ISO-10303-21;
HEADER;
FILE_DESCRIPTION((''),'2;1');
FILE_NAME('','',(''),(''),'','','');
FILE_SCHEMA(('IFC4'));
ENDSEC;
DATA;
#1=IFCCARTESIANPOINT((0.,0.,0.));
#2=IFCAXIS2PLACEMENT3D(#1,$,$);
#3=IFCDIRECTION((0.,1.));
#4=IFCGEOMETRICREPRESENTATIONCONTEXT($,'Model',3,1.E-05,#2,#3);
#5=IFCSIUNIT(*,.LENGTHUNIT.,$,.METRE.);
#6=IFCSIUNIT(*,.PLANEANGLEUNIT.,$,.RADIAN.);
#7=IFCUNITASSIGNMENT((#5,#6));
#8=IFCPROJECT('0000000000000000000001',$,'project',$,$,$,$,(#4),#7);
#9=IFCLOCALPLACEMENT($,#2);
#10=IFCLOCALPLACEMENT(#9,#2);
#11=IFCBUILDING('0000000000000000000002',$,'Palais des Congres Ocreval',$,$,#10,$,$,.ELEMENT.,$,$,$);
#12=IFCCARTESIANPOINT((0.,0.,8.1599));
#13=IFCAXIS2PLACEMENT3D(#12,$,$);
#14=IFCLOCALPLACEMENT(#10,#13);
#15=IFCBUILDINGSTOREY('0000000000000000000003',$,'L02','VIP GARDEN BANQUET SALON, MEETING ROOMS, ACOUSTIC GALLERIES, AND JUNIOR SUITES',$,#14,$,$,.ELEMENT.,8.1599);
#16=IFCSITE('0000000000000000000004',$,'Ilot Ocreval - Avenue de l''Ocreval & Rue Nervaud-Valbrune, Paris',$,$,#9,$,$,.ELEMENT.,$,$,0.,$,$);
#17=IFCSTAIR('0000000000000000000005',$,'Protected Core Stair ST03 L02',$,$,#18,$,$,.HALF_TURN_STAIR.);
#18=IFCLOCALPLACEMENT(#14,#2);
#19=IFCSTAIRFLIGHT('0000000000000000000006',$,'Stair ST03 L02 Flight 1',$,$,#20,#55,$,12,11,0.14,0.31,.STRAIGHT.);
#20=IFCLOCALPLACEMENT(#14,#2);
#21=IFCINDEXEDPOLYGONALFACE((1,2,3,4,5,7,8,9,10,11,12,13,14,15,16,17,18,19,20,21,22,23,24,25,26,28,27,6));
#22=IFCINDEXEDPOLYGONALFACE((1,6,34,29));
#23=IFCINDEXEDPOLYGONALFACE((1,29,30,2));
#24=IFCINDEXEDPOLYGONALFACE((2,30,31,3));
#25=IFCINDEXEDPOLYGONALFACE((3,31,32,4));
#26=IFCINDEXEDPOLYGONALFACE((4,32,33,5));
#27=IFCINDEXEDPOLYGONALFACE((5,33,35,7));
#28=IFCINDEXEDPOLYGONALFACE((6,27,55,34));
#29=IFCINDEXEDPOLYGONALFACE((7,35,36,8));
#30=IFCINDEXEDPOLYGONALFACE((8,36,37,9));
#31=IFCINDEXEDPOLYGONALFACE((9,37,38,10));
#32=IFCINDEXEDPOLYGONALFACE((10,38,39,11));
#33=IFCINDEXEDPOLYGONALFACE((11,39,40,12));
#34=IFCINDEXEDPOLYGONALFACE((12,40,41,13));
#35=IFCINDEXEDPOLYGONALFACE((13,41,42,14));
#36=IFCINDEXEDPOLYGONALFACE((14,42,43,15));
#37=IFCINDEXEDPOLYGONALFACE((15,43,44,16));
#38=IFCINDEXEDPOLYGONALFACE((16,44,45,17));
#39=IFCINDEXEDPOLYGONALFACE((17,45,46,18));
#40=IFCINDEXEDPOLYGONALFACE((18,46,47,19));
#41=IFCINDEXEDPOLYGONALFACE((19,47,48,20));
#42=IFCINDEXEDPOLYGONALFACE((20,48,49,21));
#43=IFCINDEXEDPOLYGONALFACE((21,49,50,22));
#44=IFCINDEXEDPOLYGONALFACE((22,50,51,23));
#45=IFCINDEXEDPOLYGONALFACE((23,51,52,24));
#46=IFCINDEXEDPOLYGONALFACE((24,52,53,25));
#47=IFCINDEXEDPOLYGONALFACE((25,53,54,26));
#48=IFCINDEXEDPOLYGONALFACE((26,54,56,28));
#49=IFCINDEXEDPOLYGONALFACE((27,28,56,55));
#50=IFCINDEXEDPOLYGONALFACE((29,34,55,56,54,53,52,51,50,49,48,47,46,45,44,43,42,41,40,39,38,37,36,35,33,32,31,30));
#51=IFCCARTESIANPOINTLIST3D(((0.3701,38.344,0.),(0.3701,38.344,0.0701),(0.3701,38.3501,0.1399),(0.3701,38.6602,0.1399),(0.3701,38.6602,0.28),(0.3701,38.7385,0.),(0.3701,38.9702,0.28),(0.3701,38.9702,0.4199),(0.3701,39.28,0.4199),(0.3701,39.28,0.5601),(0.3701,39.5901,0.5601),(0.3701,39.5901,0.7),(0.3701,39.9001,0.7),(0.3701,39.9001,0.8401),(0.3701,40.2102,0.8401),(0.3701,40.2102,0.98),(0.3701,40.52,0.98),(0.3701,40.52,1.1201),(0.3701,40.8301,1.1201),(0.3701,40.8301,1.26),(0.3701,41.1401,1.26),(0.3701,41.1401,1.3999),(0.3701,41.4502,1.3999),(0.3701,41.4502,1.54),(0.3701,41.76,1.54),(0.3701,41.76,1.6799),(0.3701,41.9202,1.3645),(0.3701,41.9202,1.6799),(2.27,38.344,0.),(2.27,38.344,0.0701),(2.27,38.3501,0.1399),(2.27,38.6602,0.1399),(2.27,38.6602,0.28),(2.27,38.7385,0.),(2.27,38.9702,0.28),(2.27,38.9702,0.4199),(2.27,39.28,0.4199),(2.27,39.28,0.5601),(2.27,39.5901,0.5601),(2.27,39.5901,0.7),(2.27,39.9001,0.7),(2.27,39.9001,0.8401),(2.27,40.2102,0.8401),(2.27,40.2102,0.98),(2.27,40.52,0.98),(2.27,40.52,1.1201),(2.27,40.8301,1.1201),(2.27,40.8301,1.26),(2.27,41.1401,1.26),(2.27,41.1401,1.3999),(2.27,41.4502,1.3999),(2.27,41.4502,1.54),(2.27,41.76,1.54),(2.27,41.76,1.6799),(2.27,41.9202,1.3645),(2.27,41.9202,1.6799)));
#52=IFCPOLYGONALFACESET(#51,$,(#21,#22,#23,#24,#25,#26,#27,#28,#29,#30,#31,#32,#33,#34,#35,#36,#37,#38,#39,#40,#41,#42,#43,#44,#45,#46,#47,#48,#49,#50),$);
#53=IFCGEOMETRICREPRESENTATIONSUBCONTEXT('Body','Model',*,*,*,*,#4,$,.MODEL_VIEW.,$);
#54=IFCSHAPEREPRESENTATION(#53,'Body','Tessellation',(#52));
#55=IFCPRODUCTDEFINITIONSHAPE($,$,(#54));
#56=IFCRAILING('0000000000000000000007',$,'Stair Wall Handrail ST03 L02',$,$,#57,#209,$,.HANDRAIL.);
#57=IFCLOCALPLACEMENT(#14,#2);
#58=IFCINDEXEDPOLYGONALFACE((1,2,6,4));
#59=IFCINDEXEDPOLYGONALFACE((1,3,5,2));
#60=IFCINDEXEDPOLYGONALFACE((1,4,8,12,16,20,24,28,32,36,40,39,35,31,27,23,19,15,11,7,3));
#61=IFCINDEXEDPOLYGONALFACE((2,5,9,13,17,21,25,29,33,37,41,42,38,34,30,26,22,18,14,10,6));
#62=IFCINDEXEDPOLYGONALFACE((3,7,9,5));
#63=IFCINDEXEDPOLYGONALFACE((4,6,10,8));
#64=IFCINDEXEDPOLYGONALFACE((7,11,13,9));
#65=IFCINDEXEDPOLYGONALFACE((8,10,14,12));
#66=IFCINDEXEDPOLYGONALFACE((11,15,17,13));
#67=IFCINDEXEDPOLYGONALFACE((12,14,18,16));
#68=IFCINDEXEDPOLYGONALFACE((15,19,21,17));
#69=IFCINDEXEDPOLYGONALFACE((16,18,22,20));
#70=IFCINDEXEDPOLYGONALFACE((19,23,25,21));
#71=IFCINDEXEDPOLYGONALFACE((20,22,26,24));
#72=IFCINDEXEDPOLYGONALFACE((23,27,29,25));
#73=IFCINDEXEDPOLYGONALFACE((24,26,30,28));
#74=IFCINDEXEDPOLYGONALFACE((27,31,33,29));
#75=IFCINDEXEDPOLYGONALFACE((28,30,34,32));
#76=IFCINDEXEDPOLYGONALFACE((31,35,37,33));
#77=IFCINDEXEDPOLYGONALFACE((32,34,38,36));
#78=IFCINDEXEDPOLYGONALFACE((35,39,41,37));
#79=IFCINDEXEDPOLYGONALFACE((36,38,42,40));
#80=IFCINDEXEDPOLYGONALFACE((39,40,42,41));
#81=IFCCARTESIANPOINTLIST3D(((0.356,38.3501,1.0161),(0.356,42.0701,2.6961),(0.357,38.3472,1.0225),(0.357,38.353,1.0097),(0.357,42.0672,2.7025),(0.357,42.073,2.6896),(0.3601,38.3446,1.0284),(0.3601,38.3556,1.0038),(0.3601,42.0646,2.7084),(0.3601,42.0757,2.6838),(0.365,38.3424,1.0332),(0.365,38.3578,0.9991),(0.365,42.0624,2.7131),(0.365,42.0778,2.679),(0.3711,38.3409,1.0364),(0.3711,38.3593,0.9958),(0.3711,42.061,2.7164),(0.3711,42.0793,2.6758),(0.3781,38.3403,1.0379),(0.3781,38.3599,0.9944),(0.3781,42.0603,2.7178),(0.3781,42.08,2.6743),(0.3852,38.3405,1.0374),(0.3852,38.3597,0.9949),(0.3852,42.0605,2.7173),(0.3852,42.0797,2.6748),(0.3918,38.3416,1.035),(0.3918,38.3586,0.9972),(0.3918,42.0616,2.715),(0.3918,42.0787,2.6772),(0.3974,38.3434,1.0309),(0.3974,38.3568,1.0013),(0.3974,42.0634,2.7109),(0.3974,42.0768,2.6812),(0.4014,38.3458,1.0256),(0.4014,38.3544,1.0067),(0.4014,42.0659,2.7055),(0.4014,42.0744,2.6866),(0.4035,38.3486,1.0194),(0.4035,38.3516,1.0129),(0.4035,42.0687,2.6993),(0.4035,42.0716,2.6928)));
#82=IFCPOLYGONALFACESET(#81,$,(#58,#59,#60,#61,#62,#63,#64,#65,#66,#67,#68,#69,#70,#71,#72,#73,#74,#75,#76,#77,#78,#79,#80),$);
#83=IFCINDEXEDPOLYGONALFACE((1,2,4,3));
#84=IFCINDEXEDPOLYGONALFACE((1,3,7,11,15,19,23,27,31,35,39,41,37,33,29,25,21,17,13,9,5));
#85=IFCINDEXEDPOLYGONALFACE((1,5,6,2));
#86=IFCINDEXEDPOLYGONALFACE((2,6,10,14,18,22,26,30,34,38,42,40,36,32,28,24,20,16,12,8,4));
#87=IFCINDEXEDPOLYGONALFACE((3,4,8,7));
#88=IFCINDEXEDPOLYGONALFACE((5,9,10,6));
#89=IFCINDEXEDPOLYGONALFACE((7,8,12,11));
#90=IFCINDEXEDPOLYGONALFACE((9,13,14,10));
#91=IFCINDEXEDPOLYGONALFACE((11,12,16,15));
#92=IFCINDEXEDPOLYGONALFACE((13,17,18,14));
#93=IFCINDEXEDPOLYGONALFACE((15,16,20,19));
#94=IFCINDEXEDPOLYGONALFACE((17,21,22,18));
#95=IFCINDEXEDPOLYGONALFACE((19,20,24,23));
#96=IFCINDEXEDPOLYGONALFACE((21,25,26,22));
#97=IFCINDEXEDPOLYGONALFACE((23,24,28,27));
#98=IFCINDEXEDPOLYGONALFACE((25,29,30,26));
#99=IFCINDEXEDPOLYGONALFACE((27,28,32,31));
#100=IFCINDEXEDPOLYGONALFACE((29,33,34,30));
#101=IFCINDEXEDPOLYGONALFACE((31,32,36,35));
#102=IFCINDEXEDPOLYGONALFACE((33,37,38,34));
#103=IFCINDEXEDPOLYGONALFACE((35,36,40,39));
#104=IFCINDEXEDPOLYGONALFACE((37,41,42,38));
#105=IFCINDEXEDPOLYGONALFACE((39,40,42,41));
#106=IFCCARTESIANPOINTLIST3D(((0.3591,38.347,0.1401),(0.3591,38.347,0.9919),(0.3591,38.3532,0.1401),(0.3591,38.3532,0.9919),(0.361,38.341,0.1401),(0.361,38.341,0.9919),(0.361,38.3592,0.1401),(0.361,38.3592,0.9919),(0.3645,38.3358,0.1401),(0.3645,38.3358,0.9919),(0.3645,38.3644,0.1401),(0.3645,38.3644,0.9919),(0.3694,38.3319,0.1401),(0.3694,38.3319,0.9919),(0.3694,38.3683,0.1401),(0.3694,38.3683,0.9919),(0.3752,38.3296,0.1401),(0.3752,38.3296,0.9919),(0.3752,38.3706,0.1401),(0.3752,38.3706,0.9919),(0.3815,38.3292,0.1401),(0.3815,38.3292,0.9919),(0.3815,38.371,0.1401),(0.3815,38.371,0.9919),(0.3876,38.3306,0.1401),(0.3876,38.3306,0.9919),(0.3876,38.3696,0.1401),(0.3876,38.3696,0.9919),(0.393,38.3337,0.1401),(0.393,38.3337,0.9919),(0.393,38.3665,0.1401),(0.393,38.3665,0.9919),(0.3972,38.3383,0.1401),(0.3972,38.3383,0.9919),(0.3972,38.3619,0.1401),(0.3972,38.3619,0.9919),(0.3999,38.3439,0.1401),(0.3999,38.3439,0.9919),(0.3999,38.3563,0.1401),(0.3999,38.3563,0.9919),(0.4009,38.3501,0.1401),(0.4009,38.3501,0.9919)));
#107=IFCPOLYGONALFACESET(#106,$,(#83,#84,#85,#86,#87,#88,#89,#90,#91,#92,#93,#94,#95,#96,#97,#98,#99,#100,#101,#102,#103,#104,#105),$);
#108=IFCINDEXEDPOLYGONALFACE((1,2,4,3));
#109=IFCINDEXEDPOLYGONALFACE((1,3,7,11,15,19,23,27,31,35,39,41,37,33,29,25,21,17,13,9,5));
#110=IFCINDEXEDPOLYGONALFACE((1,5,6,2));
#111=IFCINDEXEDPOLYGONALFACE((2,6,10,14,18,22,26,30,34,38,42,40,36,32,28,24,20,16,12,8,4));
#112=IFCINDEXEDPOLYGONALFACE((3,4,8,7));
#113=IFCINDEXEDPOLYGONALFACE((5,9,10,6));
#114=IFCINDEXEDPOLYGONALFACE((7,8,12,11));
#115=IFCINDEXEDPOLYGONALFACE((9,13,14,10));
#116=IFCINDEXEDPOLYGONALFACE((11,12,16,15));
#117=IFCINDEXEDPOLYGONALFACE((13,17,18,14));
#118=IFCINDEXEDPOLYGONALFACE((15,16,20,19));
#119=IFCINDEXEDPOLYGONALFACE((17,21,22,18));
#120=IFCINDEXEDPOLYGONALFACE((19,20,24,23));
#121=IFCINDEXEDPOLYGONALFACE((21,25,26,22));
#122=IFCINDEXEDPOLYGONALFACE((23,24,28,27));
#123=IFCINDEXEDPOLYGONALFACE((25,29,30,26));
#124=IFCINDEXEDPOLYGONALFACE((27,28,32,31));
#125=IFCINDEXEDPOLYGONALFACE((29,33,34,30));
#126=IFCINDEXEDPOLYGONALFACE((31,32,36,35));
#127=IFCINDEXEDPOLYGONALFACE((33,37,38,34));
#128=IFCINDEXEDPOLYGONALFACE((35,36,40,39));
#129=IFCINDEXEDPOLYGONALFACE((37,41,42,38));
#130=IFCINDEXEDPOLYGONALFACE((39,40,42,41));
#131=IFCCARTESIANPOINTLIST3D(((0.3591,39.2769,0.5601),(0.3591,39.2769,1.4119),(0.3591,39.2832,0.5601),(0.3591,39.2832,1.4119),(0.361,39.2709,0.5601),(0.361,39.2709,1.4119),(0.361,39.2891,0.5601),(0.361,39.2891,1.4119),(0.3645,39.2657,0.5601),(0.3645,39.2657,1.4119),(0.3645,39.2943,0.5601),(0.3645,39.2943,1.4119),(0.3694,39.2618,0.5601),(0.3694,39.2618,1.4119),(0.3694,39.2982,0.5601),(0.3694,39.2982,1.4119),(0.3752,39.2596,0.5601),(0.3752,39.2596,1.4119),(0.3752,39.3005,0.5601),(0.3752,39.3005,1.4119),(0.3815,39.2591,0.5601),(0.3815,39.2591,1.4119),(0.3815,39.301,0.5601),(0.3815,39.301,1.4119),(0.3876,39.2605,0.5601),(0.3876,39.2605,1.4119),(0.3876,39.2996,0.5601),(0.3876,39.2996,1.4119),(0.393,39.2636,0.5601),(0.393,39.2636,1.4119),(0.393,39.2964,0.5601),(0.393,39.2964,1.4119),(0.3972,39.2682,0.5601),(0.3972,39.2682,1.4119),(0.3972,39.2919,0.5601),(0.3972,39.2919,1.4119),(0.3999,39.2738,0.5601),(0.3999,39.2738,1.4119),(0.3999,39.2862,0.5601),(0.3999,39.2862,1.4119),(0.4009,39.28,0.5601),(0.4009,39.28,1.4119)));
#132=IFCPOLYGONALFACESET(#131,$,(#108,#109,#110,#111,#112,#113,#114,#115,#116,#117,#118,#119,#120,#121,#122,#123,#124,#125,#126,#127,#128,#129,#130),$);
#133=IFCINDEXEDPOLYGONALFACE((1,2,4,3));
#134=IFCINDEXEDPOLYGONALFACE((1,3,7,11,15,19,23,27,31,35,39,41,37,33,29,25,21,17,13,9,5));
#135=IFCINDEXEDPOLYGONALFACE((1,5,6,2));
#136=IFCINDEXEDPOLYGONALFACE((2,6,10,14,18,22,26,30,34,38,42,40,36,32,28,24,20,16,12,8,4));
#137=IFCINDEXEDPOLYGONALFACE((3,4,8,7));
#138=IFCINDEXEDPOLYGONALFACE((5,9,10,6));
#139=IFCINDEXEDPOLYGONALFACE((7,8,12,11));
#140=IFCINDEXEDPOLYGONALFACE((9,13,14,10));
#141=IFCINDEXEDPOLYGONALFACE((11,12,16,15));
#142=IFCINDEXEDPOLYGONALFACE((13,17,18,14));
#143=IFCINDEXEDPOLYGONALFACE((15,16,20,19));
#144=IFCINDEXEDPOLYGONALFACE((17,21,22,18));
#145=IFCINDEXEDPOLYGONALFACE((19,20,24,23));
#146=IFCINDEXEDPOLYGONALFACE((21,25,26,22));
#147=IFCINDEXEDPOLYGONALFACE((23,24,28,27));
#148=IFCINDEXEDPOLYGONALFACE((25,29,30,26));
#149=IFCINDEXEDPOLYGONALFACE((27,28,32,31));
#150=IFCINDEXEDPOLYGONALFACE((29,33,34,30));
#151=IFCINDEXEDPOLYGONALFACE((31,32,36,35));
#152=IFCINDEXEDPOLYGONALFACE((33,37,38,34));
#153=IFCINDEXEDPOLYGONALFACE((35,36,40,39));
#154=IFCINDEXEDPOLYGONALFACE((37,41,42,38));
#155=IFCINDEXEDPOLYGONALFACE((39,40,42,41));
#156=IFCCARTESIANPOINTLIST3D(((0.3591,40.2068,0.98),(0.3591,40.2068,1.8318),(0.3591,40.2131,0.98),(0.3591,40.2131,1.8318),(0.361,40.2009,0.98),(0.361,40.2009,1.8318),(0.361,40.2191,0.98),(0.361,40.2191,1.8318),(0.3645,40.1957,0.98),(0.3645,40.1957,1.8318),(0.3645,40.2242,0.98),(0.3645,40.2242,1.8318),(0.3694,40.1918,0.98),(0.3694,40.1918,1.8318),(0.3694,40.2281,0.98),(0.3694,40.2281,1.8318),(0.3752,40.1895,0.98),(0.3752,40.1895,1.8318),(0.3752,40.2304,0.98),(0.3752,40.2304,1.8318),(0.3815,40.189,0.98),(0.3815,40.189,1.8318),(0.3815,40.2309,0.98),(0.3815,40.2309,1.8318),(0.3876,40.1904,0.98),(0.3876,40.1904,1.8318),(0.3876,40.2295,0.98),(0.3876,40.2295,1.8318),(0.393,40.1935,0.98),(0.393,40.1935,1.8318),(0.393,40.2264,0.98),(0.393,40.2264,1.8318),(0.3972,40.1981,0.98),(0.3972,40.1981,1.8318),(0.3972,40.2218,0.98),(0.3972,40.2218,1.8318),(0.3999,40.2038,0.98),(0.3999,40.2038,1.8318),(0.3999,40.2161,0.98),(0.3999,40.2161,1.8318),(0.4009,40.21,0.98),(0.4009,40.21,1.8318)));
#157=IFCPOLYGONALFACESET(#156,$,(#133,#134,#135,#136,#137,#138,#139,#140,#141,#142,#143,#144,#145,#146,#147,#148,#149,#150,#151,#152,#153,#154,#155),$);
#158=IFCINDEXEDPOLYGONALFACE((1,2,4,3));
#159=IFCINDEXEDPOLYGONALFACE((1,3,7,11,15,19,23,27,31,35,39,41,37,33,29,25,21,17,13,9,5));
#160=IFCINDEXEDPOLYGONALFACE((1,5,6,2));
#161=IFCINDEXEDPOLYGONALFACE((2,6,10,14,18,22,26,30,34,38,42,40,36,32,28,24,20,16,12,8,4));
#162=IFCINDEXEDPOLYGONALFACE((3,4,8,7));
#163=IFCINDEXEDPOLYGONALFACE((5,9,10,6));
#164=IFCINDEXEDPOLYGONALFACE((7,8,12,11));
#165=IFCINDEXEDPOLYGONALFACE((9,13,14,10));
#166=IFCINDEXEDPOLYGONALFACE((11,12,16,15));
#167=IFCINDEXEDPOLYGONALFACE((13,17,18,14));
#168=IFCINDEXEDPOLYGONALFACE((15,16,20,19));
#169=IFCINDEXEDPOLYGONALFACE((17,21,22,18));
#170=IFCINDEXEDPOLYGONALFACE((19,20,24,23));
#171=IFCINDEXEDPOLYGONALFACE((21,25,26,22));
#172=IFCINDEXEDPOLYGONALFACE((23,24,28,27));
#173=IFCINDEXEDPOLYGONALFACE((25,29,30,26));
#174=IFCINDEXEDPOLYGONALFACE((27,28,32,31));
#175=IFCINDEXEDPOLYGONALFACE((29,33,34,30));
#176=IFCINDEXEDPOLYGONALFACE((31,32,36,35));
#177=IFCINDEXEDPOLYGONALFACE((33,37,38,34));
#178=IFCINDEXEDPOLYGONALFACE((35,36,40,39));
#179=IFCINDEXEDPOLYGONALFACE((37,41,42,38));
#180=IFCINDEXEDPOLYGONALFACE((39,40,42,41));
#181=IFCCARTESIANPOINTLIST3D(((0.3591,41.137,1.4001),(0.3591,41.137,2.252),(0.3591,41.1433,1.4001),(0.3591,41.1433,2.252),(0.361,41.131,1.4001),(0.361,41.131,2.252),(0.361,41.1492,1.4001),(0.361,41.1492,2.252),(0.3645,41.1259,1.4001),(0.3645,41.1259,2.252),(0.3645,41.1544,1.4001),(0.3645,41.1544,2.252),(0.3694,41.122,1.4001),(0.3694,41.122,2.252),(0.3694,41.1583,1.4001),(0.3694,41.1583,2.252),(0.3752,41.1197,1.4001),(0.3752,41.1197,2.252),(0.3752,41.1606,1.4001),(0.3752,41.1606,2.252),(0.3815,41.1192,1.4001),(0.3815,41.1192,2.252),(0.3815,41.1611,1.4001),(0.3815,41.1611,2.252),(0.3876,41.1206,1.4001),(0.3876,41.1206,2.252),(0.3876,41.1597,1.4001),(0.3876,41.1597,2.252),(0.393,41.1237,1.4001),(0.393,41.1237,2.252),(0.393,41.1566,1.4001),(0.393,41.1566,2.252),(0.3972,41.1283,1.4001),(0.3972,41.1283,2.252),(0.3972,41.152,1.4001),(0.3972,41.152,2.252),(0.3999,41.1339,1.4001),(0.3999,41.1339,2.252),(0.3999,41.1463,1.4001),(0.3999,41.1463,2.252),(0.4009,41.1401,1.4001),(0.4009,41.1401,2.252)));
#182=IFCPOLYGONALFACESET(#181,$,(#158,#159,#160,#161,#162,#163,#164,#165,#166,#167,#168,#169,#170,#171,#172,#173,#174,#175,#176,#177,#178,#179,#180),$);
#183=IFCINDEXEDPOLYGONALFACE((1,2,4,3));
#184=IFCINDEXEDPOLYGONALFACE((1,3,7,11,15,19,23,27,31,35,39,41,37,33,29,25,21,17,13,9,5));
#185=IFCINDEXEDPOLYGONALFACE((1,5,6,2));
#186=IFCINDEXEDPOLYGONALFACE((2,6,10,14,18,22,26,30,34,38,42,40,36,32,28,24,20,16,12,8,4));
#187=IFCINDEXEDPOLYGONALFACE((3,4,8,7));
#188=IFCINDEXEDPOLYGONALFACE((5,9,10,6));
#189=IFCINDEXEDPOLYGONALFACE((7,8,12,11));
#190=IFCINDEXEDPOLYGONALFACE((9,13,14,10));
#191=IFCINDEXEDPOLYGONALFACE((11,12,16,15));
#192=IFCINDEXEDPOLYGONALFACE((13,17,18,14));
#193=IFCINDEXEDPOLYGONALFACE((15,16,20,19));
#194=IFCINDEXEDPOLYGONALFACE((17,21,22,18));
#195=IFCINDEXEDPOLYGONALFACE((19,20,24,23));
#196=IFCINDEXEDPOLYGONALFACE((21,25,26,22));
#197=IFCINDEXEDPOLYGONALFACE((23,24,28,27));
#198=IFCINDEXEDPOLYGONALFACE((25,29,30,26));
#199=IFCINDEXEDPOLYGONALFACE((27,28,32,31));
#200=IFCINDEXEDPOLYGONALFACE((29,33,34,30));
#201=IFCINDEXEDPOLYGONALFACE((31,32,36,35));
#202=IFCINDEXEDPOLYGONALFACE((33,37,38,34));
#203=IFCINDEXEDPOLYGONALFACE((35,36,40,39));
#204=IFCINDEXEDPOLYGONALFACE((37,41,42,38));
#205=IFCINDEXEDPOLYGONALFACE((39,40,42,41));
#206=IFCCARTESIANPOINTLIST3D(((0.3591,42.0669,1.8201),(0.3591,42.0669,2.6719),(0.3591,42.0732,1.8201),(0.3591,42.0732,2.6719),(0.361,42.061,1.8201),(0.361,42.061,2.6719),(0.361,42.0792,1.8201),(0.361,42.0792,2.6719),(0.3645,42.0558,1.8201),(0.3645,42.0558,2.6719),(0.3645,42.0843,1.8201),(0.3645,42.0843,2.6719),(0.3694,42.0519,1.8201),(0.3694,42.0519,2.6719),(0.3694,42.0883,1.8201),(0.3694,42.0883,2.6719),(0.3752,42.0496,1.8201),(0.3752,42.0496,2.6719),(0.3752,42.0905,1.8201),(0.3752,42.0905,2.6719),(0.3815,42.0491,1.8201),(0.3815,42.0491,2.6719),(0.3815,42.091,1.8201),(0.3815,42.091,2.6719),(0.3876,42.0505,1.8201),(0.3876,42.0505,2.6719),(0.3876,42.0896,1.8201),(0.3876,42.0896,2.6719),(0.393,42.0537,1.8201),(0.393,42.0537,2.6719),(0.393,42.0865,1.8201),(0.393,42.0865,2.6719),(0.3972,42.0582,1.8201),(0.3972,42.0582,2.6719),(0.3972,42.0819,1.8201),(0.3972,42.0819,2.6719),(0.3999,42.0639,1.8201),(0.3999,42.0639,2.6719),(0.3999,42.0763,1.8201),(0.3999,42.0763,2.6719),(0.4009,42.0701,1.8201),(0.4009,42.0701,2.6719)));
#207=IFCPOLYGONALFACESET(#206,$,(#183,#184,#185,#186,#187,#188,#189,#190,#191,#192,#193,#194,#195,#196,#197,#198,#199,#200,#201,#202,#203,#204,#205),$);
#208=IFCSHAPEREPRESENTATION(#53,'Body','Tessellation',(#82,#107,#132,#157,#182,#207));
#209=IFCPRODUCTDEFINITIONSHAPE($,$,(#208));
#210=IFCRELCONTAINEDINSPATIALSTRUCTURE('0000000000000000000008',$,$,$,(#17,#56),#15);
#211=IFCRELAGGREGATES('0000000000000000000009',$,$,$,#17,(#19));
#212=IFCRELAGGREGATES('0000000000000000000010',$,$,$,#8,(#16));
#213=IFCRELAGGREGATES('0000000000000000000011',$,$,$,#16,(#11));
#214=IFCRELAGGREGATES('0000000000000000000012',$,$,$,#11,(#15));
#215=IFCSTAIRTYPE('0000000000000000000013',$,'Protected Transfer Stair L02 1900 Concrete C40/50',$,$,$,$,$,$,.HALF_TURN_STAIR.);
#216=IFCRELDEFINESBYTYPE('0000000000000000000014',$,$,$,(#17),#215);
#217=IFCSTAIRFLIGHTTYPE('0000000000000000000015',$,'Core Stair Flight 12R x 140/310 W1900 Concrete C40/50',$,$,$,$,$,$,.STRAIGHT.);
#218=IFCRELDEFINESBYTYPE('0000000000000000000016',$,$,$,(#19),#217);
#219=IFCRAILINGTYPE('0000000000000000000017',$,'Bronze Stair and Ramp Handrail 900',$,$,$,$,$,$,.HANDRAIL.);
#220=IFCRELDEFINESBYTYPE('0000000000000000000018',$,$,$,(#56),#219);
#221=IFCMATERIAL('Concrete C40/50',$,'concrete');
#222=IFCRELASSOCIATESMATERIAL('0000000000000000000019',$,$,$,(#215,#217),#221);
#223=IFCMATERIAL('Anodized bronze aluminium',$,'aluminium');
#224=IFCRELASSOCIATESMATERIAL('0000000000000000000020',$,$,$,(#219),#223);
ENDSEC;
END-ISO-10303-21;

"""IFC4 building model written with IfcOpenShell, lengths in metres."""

from ifc_helpers import new_model, si_unit, direction, frame, origin, origin_2d, place, context, subcontext, project, spatial, polyline, circle, outline, extrude, material, type_object, element, aggregate, save


model = new_model("IFC4")

# Units and contexts
model_context = context("Model", 3, precision=1e-05, world=origin(), true_north=direction((0.0, 1.0)))
body_context = subcontext(model_context, "Body", "Model", "MODEL_VIEW")
ifc_project = project(units=[si_unit("LENGTHUNIT", "METRE"), si_unit("PLANEANGLEUNIT", "RADIAN")], contexts=[model_context])

# Site, building, storey
site_placement = place(None, origin())
site = spatial("IfcSite", under=ifc_project, at=site_placement, Name="Ilot Ocreval - Avenue de l'Ocreval & Rue Nervaud-Valbrune, Paris", CompositionType="ELEMENT", RefElevation=0.0)
building_placement = place(site_placement, origin())
building = spatial("IfcBuilding", under=site, at=building_placement, Name="Palais des Congres Ocreval", CompositionType="ELEMENT")
storey_placement = place(building_placement, frame((0.0, 0.0, 8.1599)))
storey = spatial("IfcBuildingStorey", under=building, at=storey_placement, Name="L02", Description="VIP GARDEN BANQUET SALON, MEETING ROOMS, ACOUSTIC GALLERIES, AND JUNIOR SUITES", CompositionType="ELEMENT", Elevation=8.1599)

# Shared definitions
ifc_material_1 = material(Name="Concrete C40/50", Category="concrete")

# Stair, stair flight
stair_type = type_object("IfcStairType", Name="Protected Transfer Stair L02 1900 Concrete C40/50", PredefinedType="HALF_TURN_STAIR", material=ifc_material_1)
stair_placement = place(storey_placement, origin())
stair = element("IfcStair", 1, at=stair_placement, inside=storey, type_object=stair_type, Name="Protected Core Stair ST03 L02", PredefinedType="HALF_TURN_STAIR")
stair_flight_type = type_object("IfcStairFlightType", Name="Core Stair Flight 12R x 140/310 W1900 Concrete C40/50", PredefinedType="STRAIGHT", material=ifc_material_1)
stair_flight_placement = place(storey_placement, frame((1.3201, 38.3501, 0.0), z_axis=(0.0, 0.0, 1.0), x_axis=(0.0, 1.0, 0.0)))
stair_flight = element("IfcStairFlight", 2, at=stair_flight_placement, type_object=stair_flight_type, Name="Stair ST03 L02 Flight 1", NumberOfRisers=12, NumberOfTreads=11, PredefinedType="STRAIGHT", RiserHeight=0.14, TreadLength=0.31, context=body_context, shape_type="SweptSolid", body=[
    extrude(outline(polyline([(-0.0061, 0.0), (-0.0061, 0.0701), (0.0, 0.1399), (0.3101, 0.1399), (0.3101, 0.28), (0.6201, 0.28), (0.6201, 0.4199), (0.9299, 0.4199), (0.9299, 0.5601), (1.24, 0.5601), (1.24, 0.7), (1.55, 0.7), (1.55, 0.8401), (1.8601, 0.8401), (1.8601, 0.98), (2.1699, 0.98), (2.1699, 1.1201), (2.48, 1.1201), (2.48, 1.26), (2.79, 1.26), (2.79, 1.3999), (3.1001, 1.3999), (3.1001, 1.54), (3.4099, 1.54), (3.4099, 1.6799), (3.5701, 1.6799), (3.5701, 1.3645), (0.3884, 0.0), (-0.0061, 0.0)])), frame((0.0, 0.95, 0.0), z_axis=(0.0, -1.0, 0.0), x_axis=(1.0, 0.0, 0.0)), (0.0, 0.0, 1.0), 1.8999),
])
aggregate(stair, [stair_flight])

# Railing
ifc_material_2 = material(Name="Anodized bronze aluminium", Category="aluminium")
railing_type_1 = type_object("IfcRailingType", Name="Bronze Stair and Ramp Handrail 900", PredefinedType="HANDRAIL", material=ifc_material_2)
railing_1_placement = place(storey_placement, frame((0.3799, 38.3501, 0.1401)))
element("IfcRailing", 3, at=railing_1_placement, inside=storey, type_object=railing_type_1, Name="Stair Wall Handrail ST03 L02", PredefinedType="HANDRAIL", context=body_context, shape_type="SweptSolid", body=[
    extrude(circle(Radius=0.0239, at=origin_2d()), frame((0.0, 0.0, 0.876), z_axis=(0.0, 0.911376, 0.411576), x_axis=(-1.0, 0.0, 0.0)), (0.0, 0.0, 1.0), 4.0818),
    extrude(circle(Radius=0.021, at=origin_2d()), origin(), (0.0, 0.0, 1.0), 0.8518),
    extrude(circle(Radius=0.021, at=origin_2d()), frame((0.0, 0.9299, 0.4199)), (0.0, 0.0, 1.0), 0.8518),
    extrude(circle(Radius=0.021, at=origin_2d()), frame((0.0, 1.8599, 0.8398)), (0.0, 0.0, 1.0), 0.8518),
    extrude(circle(Radius=0.021, at=origin_2d()), frame((0.0, 2.79, 1.26)), (0.0, 0.0, 1.0), 0.8518),
    extrude(circle(Radius=0.021, at=origin_2d()), frame((0.0, 3.72, 1.6799)), (0.0, 0.0, 1.0), 0.8518),
])

save(model, "model.ifc")
